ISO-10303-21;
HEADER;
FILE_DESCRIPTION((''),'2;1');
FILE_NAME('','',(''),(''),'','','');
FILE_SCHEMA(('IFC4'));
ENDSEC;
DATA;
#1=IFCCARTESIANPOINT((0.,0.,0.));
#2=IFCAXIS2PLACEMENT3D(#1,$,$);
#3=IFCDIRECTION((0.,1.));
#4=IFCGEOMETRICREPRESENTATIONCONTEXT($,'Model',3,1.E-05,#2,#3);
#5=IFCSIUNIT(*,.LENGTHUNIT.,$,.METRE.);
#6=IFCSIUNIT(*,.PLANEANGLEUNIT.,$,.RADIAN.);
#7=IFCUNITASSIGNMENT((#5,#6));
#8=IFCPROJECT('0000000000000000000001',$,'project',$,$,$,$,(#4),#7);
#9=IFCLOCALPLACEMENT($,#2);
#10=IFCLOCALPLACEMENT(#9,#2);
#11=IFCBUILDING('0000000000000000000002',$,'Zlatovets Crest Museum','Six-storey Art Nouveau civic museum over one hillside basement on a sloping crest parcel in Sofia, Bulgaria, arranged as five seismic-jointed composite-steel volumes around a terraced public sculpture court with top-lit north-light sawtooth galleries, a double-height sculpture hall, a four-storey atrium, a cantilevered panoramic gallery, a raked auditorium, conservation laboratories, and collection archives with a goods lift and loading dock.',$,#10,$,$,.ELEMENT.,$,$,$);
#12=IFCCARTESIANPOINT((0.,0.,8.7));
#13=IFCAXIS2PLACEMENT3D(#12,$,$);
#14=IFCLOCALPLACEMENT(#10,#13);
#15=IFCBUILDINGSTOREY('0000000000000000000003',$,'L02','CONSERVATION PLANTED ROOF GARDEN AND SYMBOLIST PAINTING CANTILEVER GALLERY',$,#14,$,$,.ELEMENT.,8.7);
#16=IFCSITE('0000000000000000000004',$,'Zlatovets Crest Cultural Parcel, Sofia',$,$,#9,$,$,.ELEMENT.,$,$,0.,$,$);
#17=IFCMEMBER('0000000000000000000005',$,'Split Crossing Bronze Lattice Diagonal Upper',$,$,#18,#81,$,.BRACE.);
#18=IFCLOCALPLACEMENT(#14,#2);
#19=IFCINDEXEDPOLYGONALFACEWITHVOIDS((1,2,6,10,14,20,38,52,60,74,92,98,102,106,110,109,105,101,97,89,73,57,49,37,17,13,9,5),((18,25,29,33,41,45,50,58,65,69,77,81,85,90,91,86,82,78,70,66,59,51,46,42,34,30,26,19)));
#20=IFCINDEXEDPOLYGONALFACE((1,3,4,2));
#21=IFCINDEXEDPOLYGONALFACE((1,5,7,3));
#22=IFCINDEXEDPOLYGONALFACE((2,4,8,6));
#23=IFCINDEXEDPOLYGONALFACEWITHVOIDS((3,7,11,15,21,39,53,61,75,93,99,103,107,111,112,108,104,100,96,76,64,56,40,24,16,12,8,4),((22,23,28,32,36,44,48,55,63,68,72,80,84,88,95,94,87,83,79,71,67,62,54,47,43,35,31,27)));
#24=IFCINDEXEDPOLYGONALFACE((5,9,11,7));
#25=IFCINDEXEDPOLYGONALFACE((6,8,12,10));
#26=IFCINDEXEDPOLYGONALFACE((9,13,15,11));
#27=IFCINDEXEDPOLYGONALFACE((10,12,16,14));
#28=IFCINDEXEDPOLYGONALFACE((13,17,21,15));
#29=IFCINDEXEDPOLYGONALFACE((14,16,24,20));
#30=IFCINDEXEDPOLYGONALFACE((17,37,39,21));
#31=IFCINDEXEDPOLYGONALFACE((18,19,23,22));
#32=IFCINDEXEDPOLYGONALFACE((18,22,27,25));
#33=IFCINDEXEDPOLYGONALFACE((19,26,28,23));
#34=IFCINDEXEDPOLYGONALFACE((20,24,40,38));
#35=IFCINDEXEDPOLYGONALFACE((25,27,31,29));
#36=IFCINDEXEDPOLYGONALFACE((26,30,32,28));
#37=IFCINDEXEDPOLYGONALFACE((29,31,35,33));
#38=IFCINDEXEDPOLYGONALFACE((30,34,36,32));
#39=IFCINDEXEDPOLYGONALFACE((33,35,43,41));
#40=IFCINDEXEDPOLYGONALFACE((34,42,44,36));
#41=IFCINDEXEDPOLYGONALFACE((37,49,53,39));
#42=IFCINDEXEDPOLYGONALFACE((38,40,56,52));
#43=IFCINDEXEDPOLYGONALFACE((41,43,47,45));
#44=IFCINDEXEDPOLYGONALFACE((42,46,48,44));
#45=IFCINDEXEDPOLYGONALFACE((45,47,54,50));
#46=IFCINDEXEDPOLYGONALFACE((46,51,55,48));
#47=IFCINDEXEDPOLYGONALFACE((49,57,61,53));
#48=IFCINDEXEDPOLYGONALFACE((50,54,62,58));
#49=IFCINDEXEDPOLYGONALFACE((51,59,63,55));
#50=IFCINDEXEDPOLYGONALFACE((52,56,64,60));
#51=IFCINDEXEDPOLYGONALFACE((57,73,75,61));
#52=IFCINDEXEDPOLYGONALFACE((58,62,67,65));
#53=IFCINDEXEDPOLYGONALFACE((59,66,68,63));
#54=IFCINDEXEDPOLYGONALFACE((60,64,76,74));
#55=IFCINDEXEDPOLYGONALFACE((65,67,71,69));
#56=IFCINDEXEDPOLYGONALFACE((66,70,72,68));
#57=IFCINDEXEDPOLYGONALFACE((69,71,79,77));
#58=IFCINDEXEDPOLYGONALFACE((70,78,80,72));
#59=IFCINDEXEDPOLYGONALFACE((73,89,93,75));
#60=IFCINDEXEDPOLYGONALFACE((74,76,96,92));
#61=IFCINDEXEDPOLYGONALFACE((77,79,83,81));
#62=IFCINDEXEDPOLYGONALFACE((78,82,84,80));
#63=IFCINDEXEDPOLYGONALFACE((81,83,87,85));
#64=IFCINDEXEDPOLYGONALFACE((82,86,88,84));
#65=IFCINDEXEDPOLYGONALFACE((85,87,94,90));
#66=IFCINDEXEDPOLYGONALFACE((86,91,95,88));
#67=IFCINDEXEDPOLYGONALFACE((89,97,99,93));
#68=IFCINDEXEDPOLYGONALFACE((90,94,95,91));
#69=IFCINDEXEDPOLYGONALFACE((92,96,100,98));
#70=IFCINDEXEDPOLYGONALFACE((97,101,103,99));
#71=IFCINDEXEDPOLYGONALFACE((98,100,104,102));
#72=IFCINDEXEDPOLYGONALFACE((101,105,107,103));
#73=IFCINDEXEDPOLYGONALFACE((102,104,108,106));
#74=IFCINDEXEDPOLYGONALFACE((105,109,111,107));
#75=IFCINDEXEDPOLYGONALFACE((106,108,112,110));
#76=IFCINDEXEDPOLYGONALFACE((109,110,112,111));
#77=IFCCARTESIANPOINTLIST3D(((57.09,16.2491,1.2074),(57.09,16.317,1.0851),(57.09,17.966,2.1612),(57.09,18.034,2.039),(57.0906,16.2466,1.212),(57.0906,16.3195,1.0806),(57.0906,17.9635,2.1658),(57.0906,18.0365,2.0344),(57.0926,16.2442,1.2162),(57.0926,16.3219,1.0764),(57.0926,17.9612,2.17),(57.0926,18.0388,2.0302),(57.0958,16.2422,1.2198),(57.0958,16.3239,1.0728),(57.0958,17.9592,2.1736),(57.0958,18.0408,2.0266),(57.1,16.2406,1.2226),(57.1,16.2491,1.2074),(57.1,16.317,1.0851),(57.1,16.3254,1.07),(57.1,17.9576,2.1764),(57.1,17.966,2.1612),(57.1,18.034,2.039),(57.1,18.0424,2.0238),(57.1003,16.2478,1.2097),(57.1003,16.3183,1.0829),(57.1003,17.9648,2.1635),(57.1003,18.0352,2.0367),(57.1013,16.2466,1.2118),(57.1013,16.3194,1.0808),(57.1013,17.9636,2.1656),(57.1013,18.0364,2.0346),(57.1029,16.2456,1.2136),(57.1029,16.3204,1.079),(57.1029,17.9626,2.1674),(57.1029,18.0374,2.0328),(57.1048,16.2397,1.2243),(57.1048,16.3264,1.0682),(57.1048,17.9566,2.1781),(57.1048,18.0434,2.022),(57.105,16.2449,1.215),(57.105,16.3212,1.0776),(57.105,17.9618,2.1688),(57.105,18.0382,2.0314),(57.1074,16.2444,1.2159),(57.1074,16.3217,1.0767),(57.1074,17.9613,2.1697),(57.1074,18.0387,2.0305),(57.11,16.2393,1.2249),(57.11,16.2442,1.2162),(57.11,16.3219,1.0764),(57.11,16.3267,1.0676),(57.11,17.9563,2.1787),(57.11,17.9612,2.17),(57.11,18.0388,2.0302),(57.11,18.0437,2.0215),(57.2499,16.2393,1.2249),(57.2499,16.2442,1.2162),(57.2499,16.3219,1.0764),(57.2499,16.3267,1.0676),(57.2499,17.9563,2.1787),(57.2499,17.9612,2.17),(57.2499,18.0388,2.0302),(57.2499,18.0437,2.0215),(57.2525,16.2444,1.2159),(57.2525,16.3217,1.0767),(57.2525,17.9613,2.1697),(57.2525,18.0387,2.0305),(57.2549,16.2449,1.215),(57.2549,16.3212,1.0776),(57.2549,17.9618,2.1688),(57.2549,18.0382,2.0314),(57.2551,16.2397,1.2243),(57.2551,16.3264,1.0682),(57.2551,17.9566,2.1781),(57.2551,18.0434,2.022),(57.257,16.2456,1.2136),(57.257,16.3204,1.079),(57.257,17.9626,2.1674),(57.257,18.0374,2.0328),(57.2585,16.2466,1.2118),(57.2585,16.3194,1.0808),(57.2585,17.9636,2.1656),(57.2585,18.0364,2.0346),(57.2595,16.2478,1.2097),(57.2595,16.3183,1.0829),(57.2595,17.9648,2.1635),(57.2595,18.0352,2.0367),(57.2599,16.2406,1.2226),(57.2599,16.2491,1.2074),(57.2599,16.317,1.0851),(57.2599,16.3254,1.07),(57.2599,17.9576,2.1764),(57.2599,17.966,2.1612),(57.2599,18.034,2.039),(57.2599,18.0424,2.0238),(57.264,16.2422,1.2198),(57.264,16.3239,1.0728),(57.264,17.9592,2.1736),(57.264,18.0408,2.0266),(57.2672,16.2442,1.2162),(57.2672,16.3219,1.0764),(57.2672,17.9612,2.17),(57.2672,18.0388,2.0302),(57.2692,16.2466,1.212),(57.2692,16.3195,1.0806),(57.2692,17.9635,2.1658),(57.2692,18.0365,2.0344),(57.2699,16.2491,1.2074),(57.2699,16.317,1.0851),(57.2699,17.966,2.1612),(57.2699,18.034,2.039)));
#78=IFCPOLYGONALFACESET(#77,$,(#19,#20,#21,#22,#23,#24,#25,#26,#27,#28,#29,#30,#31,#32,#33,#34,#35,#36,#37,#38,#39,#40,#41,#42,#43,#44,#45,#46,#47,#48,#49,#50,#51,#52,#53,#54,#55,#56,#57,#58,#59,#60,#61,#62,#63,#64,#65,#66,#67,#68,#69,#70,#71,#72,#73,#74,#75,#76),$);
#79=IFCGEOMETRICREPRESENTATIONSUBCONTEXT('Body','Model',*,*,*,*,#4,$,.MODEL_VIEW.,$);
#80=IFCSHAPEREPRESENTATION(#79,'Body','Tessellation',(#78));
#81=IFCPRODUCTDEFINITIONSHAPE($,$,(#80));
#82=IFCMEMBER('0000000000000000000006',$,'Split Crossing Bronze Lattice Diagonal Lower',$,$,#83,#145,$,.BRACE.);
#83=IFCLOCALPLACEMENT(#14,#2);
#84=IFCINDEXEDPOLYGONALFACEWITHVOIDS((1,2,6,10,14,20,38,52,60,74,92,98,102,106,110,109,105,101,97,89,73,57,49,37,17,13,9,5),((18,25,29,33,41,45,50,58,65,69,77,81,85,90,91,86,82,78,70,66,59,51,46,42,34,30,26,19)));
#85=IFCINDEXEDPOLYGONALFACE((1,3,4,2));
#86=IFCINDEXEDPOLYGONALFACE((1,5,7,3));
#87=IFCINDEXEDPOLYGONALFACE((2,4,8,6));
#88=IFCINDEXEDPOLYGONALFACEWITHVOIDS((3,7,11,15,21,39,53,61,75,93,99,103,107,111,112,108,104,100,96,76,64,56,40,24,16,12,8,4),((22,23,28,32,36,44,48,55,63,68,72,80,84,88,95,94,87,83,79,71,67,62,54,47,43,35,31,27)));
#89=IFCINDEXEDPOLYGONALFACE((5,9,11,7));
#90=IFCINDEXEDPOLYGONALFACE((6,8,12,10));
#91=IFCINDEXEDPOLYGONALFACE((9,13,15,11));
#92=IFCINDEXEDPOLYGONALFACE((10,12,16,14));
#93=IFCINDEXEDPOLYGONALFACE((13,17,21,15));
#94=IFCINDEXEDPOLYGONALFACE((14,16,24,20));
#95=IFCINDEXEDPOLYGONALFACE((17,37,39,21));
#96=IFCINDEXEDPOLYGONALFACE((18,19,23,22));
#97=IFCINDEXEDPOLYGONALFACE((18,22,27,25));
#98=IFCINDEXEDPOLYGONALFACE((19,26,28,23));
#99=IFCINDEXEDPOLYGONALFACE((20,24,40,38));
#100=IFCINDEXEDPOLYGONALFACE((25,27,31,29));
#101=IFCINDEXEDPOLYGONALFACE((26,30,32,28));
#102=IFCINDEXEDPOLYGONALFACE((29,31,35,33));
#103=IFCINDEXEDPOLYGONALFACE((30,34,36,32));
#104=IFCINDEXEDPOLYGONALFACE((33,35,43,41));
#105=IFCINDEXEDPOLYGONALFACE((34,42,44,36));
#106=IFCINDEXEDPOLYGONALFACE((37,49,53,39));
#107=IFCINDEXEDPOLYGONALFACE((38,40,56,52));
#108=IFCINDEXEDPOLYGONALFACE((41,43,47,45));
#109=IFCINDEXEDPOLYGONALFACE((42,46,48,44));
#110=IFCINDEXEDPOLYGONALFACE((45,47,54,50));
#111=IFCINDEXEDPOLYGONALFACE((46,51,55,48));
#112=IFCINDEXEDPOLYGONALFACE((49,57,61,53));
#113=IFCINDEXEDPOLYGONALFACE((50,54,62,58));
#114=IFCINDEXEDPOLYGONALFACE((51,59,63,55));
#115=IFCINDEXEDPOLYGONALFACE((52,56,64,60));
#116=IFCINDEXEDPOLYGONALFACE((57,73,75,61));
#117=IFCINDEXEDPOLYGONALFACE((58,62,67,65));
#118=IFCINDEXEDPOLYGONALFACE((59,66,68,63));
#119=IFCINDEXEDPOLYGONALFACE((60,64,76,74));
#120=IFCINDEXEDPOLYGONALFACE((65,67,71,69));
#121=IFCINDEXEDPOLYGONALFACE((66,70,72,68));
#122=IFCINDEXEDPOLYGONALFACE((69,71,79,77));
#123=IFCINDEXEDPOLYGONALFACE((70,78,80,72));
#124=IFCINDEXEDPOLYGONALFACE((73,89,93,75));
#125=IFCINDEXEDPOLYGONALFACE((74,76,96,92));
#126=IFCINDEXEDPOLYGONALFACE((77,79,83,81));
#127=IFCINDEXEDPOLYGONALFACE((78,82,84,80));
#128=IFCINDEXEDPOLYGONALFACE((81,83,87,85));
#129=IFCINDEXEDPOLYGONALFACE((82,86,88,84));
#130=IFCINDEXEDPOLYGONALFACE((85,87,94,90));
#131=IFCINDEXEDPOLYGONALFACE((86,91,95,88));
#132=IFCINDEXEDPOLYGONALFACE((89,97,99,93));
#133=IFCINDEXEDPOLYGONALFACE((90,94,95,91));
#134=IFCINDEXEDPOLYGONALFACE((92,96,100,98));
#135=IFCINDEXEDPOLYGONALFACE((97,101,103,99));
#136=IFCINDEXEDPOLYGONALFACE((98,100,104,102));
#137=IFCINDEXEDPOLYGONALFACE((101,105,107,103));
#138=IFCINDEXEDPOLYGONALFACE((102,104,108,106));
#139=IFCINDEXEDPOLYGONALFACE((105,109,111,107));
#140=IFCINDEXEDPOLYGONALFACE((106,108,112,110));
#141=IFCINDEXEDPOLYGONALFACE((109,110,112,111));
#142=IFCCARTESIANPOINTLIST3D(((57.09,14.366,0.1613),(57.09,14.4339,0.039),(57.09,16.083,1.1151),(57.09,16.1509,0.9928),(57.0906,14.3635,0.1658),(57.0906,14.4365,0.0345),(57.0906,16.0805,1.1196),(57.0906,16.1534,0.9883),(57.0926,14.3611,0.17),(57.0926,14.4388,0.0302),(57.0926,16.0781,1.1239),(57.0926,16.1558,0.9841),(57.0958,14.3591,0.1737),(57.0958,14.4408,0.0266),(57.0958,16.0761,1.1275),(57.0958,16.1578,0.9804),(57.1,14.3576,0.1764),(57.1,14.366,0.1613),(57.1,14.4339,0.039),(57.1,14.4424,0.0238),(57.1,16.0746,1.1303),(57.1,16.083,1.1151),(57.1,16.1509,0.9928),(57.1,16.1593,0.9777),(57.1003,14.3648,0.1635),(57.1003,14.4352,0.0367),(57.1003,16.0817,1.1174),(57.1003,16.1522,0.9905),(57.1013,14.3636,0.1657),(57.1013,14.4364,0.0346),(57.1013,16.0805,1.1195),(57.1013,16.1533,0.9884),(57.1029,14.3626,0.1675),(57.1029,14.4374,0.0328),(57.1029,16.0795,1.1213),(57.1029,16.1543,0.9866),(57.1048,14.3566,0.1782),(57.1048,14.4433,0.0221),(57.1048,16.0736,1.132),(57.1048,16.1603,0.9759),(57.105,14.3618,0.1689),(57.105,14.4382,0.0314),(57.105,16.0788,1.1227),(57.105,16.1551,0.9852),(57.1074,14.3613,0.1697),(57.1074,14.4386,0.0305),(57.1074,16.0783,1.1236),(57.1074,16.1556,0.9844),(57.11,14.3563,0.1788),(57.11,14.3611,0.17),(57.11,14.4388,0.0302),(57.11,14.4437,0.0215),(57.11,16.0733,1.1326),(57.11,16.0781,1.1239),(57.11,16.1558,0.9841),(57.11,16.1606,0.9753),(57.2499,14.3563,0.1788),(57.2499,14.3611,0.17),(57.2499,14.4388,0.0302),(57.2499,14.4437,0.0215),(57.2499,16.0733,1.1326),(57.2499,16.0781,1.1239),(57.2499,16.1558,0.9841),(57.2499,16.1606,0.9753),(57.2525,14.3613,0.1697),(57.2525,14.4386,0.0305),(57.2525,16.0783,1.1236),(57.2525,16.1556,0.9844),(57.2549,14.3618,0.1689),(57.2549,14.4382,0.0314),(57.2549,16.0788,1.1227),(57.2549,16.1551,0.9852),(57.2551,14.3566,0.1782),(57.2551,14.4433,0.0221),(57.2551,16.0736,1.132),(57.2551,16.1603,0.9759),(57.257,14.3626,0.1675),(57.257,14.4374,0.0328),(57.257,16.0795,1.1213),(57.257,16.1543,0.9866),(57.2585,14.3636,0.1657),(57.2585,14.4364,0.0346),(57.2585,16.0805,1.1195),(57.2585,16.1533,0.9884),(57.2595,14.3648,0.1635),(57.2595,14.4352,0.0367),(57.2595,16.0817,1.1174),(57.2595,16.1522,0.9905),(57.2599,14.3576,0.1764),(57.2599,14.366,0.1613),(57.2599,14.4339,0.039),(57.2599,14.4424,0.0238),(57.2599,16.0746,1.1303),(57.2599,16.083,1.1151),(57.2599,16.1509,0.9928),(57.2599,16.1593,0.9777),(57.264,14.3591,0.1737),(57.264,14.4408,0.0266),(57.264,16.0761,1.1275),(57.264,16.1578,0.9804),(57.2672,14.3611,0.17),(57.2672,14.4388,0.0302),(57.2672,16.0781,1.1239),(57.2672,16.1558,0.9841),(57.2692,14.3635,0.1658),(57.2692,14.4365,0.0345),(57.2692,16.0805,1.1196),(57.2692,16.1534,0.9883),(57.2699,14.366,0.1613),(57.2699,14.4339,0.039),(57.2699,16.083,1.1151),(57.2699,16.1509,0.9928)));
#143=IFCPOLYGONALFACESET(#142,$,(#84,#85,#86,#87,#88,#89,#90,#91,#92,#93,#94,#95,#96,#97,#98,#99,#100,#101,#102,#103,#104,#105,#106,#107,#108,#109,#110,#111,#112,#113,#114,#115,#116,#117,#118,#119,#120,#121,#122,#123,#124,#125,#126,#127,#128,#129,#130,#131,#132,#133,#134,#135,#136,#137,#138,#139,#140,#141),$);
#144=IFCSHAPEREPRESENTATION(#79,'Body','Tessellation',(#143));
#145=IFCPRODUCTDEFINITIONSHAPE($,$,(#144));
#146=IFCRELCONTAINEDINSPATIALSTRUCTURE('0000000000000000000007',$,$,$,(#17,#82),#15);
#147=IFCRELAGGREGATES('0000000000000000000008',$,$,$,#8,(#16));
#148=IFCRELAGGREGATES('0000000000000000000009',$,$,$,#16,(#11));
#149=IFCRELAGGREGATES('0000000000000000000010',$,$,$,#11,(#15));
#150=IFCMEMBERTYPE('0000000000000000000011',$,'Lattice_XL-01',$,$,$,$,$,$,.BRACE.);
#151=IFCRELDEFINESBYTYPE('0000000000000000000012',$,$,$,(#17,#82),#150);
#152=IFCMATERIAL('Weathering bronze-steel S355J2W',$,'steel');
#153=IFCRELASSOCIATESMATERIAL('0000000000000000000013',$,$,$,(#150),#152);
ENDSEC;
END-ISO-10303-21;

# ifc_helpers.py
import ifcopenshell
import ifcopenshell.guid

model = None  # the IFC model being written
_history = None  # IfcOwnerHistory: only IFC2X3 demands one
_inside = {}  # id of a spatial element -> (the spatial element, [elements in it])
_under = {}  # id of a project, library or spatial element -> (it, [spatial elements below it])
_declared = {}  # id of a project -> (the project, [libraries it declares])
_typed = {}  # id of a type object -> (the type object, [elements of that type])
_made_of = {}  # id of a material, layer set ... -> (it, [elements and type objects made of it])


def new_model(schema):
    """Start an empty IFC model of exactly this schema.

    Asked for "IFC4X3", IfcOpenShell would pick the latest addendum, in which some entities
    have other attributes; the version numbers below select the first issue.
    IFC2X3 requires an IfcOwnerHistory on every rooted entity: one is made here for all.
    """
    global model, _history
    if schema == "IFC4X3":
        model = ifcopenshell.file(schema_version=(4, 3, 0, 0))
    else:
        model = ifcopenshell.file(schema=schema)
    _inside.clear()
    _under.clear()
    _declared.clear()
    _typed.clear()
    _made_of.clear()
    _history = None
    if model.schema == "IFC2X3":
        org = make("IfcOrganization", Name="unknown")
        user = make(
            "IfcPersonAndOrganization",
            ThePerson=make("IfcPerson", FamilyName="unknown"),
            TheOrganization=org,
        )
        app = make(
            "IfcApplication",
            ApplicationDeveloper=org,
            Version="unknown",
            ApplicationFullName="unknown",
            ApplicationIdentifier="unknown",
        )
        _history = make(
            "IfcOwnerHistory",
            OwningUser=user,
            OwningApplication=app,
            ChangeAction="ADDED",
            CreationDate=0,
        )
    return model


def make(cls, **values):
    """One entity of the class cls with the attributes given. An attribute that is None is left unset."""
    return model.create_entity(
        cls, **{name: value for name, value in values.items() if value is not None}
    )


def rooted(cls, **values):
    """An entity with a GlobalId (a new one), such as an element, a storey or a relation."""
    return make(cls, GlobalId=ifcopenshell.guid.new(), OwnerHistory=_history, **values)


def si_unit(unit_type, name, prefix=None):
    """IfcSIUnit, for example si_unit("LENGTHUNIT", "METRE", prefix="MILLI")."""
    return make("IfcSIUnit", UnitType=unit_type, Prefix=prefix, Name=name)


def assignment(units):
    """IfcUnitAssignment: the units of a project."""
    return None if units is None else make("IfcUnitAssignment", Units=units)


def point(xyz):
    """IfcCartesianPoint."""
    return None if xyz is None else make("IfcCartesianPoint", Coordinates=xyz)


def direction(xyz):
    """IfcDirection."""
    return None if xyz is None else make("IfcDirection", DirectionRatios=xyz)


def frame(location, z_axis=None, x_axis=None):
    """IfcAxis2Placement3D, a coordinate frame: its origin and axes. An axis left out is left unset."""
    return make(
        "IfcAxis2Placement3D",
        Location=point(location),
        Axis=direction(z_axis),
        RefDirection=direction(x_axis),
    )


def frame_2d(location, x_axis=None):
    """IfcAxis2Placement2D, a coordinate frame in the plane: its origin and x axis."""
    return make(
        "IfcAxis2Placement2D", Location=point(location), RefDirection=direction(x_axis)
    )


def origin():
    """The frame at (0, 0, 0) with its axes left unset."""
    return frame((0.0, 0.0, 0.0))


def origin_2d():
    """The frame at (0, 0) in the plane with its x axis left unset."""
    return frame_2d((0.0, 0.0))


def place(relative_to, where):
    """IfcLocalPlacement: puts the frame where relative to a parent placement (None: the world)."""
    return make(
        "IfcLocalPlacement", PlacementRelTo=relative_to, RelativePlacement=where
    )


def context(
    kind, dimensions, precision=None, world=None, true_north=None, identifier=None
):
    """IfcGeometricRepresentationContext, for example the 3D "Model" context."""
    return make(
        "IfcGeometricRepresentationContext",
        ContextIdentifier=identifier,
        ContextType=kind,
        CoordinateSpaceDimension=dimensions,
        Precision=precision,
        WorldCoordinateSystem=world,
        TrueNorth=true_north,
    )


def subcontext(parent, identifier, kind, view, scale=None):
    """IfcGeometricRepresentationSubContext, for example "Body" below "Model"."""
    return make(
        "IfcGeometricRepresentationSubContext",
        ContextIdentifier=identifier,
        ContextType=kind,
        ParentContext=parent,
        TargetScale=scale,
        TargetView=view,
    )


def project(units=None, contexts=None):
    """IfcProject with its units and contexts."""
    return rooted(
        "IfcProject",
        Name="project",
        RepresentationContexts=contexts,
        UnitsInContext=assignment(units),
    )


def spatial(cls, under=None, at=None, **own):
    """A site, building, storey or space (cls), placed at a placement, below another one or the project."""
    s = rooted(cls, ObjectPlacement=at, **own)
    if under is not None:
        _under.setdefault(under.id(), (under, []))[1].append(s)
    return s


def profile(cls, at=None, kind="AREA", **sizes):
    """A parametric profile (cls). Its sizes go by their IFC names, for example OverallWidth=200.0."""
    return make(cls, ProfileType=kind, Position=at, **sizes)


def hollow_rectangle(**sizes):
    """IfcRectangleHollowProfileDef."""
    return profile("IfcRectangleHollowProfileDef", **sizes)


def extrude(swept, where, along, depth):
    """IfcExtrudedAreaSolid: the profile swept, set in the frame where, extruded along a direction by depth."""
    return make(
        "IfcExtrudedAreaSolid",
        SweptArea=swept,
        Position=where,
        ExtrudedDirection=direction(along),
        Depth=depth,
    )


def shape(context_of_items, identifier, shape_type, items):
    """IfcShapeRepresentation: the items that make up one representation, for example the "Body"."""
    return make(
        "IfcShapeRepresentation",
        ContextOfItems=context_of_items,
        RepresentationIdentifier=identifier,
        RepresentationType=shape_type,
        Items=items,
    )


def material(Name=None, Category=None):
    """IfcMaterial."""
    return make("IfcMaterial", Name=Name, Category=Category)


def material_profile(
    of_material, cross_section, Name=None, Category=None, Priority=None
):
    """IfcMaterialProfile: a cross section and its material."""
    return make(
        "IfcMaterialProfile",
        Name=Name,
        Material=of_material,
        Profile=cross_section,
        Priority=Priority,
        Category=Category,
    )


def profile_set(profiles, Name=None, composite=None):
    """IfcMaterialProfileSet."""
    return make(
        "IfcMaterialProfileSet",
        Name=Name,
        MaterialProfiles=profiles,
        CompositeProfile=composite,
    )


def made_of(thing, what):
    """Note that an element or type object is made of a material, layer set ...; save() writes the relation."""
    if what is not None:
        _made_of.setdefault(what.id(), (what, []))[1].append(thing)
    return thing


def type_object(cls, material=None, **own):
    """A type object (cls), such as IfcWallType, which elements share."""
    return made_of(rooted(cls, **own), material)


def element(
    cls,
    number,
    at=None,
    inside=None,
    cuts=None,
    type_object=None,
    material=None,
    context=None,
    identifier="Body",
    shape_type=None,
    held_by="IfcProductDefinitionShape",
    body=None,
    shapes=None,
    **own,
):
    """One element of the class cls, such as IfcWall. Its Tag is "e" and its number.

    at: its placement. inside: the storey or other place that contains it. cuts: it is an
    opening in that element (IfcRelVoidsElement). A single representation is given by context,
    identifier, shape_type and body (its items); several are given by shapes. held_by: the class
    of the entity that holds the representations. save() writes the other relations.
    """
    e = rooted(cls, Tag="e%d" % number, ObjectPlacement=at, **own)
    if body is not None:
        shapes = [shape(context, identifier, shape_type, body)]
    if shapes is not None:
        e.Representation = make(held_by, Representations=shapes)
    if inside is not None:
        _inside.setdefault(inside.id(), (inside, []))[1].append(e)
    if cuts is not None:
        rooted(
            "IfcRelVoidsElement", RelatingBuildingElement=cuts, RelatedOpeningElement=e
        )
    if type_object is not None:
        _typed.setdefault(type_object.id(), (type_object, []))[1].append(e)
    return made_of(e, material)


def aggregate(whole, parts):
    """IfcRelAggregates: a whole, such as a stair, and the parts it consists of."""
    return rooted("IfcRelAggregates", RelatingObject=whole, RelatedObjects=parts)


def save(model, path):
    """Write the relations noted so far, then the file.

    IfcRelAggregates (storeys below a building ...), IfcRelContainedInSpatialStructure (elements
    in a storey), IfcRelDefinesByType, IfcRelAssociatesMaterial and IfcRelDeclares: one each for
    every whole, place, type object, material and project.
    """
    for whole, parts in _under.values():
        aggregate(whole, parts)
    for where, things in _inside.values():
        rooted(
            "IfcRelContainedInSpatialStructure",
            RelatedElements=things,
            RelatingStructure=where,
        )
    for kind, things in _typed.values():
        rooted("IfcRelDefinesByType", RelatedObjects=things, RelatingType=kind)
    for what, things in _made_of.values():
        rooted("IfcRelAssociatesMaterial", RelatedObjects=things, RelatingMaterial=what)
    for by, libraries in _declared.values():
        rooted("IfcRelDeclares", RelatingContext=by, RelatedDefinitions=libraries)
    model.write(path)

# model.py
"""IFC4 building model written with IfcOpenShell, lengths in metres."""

from ifc_helpers import new_model, si_unit, direction, frame, origin, origin_2d, place, context, subcontext, project, spatial, hollow_rectangle, extrude, material, material_profile, profile_set, type_object, element, save


model = new_model("IFC4")

# Units and contexts
model_context = context("Model", 3, precision=1e-05, world=origin(), true_north=direction((0.0, 1.0)))
body_context = subcontext(model_context, "Body", "Model", "MODEL_VIEW")
ifc_project = project(units=[si_unit("LENGTHUNIT", "METRE"), si_unit("PLANEANGLEUNIT", "RADIAN")], contexts=[model_context])

# Site, building, storey
site_placement = place(None, origin())
site = spatial("IfcSite", under=ifc_project, at=site_placement, Name="Zlatovets Crest Cultural Parcel, Sofia", CompositionType="ELEMENT", RefElevation=0.0)
building_placement = place(site_placement, origin())
building = spatial("IfcBuilding", under=site, at=building_placement, Name="Zlatovets Crest Museum", Description="Six-storey Art Nouveau civic museum over one hillside basement on a sloping crest parcel in Sofia, Bulgaria, arranged as five seismic-jointed composite-steel volumes around a terraced public sculpture court with top-lit north-light sawtooth galleries, a double-height sculpture hall, a four-storey atrium, a cantilevered panoramic gallery, a raked auditorium, conservation laboratories, and collection archives with a goods lift and loading dock.", CompositionType="ELEMENT")
storey_placement = place(building_placement, frame((0.0, 0.0, 8.7)))
storey = spatial("IfcBuildingStorey", under=building, at=storey_placement, Name="L02", Description="CONSERVATION PLANTED ROOF GARDEN AND SYMBOLIST PAINTING CANTILEVER GALLERY", CompositionType="ELEMENT", Elevation=8.7)

# Members
ifc_material_1 = material(Name="Weathering bronze-steel S355J2W", Category="steel")
ifc_material_profile_1 = material_profile(ifc_material_1, hollow_rectangle(XDim=0.1799, YDim=0.1799, WallThickness=0.01, InnerFilletRadius=0.01, OuterFilletRadius=0.02, at=origin_2d()), Name="SHS 180x180x10.0")
ifc_profile_set_1 = profile_set([ifc_material_profile_1], Name="Weathering bronze-steel S355J2W")
member_type_1 = type_object("IfcMemberType", Name="Lattice_XL-01", PredefinedType="BRACE", material=ifc_profile_set_1)
for number, where, z_axis, x_axis, name in (
    (1, (57.1799, 18.0, 2.1001), (0.0, -0.874169, -0.485622), (1.0, 0.0, 0.0), "Split Crossing Bronze Lattice Diagonal Upper"),
    (2, (57.1799, 16.1169, 1.054), (0.0, -0.874169, -0.485622), (1.0, 0.0, 0.0), "Split Crossing Bronze Lattice Diagonal Lower"),
):
    element("IfcMember", number, at=place(storey_placement, frame(where, z_axis=z_axis, x_axis=x_axis)), inside=storey, type_object=member_type_1, Name=name, PredefinedType="BRACE", context=body_context, shape_type="SweptSolid", body=[
        extrude(hollow_rectangle(XDim=0.1799, YDim=0.1799, WallThickness=0.01, InnerFilletRadius=0.01, OuterFilletRadius=0.02, at=origin_2d()), origin(), (0.0, 0.0, 1.0), 1.9641),
    ])

save(model, "model.ifc")
